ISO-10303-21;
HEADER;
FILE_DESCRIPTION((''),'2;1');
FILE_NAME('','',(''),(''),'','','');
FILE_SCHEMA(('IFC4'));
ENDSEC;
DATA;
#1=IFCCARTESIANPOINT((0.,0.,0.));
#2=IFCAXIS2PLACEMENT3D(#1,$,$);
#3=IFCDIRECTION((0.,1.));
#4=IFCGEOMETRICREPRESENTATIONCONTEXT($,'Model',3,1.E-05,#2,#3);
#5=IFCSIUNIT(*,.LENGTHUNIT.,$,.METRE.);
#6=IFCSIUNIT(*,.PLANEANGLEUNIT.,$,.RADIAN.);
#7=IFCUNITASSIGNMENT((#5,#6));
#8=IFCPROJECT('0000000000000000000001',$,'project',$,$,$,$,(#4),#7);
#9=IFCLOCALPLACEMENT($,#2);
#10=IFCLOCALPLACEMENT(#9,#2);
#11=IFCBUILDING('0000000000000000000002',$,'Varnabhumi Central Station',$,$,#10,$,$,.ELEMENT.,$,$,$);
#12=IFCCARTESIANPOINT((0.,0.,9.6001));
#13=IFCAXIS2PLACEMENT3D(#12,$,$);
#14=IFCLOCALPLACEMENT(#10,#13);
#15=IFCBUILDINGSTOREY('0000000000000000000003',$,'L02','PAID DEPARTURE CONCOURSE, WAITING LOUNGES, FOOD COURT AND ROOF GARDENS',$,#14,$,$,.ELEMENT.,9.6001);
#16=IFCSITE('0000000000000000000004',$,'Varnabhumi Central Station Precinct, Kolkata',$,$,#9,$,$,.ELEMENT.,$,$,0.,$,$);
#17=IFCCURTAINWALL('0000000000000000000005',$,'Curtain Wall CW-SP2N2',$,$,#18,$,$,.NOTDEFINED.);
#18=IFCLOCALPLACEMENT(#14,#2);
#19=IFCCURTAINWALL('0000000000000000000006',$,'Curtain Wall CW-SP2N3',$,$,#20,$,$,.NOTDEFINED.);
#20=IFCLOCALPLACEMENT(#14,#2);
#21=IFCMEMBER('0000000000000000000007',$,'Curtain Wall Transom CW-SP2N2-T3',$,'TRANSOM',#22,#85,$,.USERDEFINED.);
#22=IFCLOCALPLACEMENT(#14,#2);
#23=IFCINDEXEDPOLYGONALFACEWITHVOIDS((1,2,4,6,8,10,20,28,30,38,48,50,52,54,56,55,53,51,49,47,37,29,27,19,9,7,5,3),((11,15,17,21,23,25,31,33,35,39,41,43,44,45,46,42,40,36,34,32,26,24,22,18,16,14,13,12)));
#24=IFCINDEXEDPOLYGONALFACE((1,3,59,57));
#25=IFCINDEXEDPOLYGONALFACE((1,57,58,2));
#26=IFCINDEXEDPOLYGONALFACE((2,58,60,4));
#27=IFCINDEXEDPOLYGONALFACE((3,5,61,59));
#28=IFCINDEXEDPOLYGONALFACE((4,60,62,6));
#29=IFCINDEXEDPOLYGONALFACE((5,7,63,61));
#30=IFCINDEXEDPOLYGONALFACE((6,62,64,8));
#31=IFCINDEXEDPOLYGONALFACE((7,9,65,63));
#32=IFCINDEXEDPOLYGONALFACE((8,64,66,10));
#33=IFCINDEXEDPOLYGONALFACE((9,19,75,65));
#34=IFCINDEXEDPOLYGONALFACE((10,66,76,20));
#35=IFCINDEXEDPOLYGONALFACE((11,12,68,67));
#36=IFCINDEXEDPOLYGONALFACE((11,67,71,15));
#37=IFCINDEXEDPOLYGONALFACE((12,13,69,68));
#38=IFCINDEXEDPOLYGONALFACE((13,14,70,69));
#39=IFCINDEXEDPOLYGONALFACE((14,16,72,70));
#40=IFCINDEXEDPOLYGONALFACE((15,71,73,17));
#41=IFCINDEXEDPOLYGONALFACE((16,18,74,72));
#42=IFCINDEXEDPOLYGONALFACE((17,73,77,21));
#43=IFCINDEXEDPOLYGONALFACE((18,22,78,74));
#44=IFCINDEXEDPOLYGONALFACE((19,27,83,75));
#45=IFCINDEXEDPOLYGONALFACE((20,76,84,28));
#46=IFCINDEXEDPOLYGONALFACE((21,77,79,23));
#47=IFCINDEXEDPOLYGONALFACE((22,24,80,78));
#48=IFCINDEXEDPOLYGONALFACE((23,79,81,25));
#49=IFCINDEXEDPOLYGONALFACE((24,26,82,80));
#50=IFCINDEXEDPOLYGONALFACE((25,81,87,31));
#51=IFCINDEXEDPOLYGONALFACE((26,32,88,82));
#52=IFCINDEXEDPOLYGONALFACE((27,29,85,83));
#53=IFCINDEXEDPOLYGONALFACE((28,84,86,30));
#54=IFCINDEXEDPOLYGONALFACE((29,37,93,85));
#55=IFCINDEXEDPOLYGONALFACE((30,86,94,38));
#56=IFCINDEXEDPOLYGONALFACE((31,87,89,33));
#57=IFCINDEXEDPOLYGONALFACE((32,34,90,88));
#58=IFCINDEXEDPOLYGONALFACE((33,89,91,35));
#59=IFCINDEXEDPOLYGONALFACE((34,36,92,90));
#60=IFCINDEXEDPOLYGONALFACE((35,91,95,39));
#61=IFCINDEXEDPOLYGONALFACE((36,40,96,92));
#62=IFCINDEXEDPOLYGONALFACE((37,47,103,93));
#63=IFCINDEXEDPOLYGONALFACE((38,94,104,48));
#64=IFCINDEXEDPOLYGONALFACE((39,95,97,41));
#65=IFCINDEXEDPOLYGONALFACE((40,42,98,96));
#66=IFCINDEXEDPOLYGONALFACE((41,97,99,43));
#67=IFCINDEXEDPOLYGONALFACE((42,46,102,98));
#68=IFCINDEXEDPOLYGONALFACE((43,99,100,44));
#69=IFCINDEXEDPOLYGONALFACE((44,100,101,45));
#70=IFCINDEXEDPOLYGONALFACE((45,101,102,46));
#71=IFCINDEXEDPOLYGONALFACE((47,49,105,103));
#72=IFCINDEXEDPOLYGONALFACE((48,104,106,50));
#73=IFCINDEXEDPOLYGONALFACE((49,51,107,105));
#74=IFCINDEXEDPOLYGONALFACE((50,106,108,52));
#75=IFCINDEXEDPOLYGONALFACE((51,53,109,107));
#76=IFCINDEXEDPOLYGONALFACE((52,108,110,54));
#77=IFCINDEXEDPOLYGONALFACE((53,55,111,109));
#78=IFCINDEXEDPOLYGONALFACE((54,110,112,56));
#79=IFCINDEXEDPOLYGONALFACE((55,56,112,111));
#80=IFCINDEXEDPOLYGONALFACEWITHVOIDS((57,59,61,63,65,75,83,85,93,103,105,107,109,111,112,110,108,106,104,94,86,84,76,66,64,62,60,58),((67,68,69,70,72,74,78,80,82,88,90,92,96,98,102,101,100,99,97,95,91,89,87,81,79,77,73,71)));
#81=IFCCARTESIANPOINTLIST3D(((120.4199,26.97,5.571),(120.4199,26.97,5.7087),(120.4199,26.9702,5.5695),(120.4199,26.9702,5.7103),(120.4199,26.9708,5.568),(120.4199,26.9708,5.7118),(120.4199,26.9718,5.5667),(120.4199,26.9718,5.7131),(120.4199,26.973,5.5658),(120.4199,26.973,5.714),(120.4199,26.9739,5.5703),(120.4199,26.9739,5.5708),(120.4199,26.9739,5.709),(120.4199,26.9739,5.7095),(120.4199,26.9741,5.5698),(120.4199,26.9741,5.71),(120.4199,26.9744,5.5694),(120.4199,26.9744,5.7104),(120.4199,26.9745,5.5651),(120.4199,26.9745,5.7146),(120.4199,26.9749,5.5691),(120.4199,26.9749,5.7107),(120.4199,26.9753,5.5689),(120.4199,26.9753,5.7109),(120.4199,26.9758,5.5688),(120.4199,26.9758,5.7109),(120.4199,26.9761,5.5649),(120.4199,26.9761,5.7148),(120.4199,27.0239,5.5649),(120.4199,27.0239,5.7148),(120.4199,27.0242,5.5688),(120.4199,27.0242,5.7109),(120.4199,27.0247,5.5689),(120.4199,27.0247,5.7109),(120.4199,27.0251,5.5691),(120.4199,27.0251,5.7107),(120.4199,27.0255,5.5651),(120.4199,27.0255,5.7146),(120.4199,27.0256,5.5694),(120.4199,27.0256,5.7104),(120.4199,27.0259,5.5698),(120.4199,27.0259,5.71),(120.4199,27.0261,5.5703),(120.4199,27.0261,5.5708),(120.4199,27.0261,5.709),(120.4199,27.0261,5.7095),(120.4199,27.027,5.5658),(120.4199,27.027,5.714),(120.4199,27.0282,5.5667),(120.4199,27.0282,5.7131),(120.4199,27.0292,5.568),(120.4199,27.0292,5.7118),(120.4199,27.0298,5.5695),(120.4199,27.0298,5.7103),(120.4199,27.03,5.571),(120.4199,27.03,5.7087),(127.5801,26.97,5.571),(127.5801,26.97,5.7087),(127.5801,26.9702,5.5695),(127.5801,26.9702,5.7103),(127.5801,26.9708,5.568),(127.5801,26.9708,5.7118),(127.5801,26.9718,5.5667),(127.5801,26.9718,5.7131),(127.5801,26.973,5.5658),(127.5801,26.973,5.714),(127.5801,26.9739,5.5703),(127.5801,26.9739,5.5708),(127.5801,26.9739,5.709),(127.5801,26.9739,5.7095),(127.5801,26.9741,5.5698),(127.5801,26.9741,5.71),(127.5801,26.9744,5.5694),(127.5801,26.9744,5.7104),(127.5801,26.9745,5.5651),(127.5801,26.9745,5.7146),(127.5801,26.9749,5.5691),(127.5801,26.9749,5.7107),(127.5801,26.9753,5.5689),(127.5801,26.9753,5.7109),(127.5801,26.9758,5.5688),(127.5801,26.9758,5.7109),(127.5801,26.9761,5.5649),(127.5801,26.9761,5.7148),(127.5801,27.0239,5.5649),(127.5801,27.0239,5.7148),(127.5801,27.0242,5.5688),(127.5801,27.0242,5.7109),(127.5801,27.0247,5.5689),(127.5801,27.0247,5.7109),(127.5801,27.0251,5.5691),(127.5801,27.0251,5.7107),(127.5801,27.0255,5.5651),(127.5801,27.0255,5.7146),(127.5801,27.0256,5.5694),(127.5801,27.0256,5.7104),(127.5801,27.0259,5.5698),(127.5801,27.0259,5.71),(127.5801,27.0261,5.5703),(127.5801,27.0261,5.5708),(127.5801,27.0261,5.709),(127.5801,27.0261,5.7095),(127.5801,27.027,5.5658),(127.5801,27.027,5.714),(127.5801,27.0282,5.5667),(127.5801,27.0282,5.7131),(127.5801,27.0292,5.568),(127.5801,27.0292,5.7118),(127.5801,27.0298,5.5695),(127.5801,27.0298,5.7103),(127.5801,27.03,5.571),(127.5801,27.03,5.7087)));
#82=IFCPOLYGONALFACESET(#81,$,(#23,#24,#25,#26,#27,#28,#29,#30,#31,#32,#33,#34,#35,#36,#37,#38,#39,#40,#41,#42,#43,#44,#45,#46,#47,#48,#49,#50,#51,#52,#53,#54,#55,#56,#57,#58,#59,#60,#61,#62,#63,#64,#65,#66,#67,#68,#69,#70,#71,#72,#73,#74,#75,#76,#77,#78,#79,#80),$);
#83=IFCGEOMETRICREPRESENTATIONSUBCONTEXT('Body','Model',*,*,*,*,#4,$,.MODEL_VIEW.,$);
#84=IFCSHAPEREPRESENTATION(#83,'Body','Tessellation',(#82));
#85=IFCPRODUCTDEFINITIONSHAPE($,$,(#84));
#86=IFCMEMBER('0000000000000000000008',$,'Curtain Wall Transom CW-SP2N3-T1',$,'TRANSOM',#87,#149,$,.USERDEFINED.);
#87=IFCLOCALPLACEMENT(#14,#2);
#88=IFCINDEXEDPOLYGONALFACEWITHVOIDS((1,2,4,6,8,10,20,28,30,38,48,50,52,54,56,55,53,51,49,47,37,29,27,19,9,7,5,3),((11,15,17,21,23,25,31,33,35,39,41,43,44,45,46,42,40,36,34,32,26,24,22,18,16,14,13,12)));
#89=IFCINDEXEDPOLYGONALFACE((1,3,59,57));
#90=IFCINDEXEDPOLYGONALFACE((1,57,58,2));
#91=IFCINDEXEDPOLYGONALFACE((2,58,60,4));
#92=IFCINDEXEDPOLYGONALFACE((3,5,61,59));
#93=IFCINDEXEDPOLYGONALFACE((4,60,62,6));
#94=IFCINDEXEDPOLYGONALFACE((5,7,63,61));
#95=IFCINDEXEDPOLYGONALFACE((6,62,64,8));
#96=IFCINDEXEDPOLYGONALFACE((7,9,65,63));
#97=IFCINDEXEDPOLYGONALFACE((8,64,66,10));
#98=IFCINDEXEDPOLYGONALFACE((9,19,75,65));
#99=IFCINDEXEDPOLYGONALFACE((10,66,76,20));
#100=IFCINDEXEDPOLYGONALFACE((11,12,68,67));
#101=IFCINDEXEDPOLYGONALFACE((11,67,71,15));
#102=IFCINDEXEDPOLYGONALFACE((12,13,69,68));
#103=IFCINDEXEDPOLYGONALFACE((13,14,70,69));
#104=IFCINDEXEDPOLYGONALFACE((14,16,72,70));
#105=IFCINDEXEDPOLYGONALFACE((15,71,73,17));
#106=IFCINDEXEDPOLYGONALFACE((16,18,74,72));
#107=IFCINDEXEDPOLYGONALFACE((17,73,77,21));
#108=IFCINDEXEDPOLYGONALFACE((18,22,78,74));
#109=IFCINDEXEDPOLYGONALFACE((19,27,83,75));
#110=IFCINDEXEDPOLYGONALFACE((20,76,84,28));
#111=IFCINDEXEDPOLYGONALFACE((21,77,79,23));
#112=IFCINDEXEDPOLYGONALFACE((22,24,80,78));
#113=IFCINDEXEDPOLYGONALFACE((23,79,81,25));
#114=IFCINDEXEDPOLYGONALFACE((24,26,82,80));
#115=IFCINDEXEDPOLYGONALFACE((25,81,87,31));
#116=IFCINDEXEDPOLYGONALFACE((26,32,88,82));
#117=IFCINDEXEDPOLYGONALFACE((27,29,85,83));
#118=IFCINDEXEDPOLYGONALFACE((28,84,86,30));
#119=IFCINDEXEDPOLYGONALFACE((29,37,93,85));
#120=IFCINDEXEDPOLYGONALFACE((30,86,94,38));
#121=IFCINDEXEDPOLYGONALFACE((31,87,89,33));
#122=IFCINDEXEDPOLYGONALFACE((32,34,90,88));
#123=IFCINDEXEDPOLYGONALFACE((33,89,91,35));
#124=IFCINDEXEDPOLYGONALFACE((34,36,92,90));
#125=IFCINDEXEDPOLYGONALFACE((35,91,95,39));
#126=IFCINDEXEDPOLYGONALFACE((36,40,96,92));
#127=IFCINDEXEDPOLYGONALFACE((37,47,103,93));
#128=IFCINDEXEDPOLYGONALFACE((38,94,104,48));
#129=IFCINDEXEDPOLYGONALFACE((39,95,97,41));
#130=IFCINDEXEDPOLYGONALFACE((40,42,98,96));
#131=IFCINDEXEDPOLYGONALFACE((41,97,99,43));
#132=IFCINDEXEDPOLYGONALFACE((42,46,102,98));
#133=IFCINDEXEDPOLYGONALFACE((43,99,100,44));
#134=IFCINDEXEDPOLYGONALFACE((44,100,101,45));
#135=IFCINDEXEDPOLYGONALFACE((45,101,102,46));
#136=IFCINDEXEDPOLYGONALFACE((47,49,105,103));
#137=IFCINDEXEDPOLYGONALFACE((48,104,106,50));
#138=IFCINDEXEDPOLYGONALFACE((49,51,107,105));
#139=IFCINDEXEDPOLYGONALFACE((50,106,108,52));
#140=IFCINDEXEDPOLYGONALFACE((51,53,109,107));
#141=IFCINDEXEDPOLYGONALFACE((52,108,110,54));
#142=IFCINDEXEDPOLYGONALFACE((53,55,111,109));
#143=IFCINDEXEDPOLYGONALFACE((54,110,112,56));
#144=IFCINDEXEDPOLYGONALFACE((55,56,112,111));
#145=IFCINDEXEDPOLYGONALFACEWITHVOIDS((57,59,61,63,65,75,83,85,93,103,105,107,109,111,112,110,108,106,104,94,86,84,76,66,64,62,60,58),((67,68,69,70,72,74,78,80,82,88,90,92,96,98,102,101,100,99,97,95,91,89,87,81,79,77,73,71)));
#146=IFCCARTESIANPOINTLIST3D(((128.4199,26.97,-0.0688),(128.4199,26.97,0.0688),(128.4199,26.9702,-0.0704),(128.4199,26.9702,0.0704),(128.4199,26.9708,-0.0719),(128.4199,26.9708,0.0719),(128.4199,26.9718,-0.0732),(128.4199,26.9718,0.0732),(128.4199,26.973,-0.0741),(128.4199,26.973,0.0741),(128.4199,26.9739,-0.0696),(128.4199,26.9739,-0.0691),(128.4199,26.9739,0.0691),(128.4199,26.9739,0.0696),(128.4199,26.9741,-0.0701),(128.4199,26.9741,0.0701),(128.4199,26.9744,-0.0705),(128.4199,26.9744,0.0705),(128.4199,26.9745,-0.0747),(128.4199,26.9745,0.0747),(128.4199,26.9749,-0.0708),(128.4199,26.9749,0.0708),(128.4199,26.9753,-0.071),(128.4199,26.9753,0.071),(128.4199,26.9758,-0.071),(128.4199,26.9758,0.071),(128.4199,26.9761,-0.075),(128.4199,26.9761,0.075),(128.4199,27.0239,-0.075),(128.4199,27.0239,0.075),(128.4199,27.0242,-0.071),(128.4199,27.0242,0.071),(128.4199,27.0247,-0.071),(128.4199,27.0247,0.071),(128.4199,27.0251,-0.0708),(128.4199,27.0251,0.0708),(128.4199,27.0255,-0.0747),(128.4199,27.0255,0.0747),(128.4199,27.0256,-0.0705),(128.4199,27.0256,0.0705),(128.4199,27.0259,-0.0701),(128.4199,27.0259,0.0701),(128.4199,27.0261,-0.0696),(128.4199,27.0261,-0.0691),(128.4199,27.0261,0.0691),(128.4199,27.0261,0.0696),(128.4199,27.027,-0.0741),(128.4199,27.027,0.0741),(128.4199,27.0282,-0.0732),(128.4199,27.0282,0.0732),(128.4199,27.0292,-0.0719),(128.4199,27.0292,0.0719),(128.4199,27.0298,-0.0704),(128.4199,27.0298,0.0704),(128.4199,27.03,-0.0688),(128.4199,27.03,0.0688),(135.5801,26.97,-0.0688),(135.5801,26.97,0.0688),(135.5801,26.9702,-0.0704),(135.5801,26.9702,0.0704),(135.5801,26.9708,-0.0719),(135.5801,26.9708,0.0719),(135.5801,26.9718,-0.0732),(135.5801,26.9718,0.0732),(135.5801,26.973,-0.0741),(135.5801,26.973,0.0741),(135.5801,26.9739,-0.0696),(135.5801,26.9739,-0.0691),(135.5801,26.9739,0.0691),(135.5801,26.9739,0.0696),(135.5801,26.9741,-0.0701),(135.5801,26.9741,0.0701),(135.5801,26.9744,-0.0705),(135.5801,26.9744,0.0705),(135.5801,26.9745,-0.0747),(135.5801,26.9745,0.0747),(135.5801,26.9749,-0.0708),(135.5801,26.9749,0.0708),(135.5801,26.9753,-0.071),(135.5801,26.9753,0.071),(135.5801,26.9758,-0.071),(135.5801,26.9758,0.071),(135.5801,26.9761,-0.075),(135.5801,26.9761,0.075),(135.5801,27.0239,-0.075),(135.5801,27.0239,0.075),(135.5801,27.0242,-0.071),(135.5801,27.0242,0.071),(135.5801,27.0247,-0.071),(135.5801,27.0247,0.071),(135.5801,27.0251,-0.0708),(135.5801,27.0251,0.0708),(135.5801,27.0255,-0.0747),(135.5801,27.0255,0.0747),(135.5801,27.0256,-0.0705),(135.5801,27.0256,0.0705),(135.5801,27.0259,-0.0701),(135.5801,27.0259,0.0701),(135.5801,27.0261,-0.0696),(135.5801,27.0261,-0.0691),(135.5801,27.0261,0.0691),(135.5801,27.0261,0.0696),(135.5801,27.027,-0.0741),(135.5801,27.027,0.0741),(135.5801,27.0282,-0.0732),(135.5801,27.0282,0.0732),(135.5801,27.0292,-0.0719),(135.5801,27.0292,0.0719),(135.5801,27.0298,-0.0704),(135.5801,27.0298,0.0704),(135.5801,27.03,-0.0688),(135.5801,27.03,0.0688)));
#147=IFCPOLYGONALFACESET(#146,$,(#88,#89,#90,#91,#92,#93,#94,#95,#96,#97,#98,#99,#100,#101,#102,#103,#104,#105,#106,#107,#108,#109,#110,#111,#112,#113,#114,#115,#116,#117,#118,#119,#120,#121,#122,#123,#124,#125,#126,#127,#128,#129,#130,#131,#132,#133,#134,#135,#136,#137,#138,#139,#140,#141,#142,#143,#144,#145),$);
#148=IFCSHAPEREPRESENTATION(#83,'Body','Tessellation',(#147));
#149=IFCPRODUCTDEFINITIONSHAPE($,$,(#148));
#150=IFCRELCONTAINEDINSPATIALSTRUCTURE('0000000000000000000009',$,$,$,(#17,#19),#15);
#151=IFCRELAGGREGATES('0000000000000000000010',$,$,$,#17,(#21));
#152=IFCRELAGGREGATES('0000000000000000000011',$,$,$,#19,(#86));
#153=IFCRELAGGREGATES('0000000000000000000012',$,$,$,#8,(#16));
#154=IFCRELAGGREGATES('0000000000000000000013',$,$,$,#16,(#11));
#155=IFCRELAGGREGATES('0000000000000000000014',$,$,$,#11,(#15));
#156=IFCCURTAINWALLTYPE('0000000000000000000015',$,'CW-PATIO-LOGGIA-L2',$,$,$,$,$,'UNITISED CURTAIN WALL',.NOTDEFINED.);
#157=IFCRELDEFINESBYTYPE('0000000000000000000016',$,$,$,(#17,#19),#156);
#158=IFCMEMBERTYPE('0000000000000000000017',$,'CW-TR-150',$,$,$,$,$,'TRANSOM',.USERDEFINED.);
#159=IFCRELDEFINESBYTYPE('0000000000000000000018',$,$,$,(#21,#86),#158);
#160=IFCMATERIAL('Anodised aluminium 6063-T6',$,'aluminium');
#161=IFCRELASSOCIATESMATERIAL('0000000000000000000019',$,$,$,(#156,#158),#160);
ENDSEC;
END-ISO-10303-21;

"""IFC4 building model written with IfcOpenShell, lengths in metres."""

from ifc_helpers import new_model, si_unit, direction, frame, origin, origin_2d, place, context, subcontext, project, spatial, hollow_rectangle, extrude, material, material_profile, profile_set, type_object, element, aggregate, save


model = new_model("IFC4")

# Units and contexts
model_context = context("Model", 3, precision=1e-05, world=origin(), true_north=direction((0.0, 1.0)))
body_context = subcontext(model_context, "Body", "Model", "MODEL_VIEW")
ifc_project = project(units=[si_unit("LENGTHUNIT", "METRE"), si_unit("PLANEANGLEUNIT", "RADIAN")], contexts=[model_context])

# Site, building, storey
site_placement = place(None, origin())
site = spatial("IfcSite", under=ifc_project, at=site_placement, Name="Varnabhumi Central Station Precinct, Kolkata", CompositionType="ELEMENT", RefElevation=0.0)
building_placement = place(site_placement, origin())
building = spatial("IfcBuilding", under=site, at=building_placement, Name="Varnabhumi Central Station", CompositionType="ELEMENT")
storey_placement = place(building_placement, frame((0.0, 0.0, 9.6001)))
storey = spatial("IfcBuildingStorey", under=building, at=storey_placement, Name="L02", Description="PAID DEPARTURE CONCOURSE, WAITING LOUNGES, FOOD COURT AND ROOF GARDENS", CompositionType="ELEMENT", Elevation=9.6001)

# Curtain wall
ifc_material_1 = material(Name="Anodised aluminium 6063-T6", Category="aluminium")
curtain_wall_type = type_object("IfcCurtainWallType", Name="CW-PATIO-LOGGIA-L2", ElementType="UNITISED CURTAIN WALL", PredefinedType="NOTDEFINED", material=ifc_material_1)
curtain_wall_1_placement = place(storey_placement, origin())
curtain_wall_1 = element("IfcCurtainWall", 1, at=curtain_wall_1_placement, inside=storey, type_object=curtain_wall_type, Name="Curtain Wall CW-SP2N2", PredefinedType="NOTDEFINED")

# Curtain wall
curtain_wall_2_placement = place(storey_placement, origin())
curtain_wall_2 = element("IfcCurtainWall", 2, at=curtain_wall_2_placement, inside=storey, type_object=curtain_wall_type, Name="Curtain Wall CW-SP2N3", PredefinedType="NOTDEFINED")

# Members
ifc_material_profile_1 = material_profile(ifc_material_1, hollow_rectangle(XDim=0.0601, YDim=0.1499, WallThickness=0.0039, InnerFilletRadius=0.002, OuterFilletRadius=0.0061, at=origin_2d()), Name="Anodised aluminium 6063-T6", Category="aluminium")
ifc_profile_set_1 = profile_set([ifc_material_profile_1], Name="Anodised aluminium 6063-T6")
member_type_1 = type_object("IfcMemberType", Name="CW-TR-150", ElementType="TRANSOM", PredefinedType="USERDEFINED", material=ifc_profile_set_1)
member_1_placement = place(storey_placement, frame((120.4199, 27.0, 5.6399), z_axis=(1.0, 0.0, 0.0), x_axis=(0.0, 1.0, 0.0)))
member_1 = element("IfcMember", 3, at=member_1_placement, type_object=member_type_1, Name="Curtain Wall Transom CW-SP2N2-T3", ObjectType="TRANSOM", PredefinedType="USERDEFINED", context=body_context, shape_type="SweptSolid", body=[
    extrude(hollow_rectangle(XDim=0.0601, YDim=0.1499, WallThickness=0.0039, InnerFilletRadius=0.002, OuterFilletRadius=0.0061, at=origin_2d()), origin(), (0.0, 0.0, 1.0), 7.1602),
])
member_2_placement = place(storey_placement, frame((128.4199, 27.0, 0.0), z_axis=(1.0, 0.0, 0.0), x_axis=(0.0, 1.0, 0.0)))
member_2 = element("IfcMember", 4, at=member_2_placement, type_object=member_type_1, Name="Curtain Wall Transom CW-SP2N3-T1", ObjectType="TRANSOM", PredefinedType="USERDEFINED", context=body_context, shape_type="SweptSolid", body=[
    extrude(hollow_rectangle(XDim=0.0601, YDim=0.1499, WallThickness=0.0039, InnerFilletRadius=0.002, OuterFilletRadius=0.0061, at=origin_2d()), origin(), (0.0, 0.0, 1.0), 7.1602),
])

aggregate(curtain_wall_1, [member_1])
aggregate(curtain_wall_2, [member_2])

save(model, "model.ifc")
